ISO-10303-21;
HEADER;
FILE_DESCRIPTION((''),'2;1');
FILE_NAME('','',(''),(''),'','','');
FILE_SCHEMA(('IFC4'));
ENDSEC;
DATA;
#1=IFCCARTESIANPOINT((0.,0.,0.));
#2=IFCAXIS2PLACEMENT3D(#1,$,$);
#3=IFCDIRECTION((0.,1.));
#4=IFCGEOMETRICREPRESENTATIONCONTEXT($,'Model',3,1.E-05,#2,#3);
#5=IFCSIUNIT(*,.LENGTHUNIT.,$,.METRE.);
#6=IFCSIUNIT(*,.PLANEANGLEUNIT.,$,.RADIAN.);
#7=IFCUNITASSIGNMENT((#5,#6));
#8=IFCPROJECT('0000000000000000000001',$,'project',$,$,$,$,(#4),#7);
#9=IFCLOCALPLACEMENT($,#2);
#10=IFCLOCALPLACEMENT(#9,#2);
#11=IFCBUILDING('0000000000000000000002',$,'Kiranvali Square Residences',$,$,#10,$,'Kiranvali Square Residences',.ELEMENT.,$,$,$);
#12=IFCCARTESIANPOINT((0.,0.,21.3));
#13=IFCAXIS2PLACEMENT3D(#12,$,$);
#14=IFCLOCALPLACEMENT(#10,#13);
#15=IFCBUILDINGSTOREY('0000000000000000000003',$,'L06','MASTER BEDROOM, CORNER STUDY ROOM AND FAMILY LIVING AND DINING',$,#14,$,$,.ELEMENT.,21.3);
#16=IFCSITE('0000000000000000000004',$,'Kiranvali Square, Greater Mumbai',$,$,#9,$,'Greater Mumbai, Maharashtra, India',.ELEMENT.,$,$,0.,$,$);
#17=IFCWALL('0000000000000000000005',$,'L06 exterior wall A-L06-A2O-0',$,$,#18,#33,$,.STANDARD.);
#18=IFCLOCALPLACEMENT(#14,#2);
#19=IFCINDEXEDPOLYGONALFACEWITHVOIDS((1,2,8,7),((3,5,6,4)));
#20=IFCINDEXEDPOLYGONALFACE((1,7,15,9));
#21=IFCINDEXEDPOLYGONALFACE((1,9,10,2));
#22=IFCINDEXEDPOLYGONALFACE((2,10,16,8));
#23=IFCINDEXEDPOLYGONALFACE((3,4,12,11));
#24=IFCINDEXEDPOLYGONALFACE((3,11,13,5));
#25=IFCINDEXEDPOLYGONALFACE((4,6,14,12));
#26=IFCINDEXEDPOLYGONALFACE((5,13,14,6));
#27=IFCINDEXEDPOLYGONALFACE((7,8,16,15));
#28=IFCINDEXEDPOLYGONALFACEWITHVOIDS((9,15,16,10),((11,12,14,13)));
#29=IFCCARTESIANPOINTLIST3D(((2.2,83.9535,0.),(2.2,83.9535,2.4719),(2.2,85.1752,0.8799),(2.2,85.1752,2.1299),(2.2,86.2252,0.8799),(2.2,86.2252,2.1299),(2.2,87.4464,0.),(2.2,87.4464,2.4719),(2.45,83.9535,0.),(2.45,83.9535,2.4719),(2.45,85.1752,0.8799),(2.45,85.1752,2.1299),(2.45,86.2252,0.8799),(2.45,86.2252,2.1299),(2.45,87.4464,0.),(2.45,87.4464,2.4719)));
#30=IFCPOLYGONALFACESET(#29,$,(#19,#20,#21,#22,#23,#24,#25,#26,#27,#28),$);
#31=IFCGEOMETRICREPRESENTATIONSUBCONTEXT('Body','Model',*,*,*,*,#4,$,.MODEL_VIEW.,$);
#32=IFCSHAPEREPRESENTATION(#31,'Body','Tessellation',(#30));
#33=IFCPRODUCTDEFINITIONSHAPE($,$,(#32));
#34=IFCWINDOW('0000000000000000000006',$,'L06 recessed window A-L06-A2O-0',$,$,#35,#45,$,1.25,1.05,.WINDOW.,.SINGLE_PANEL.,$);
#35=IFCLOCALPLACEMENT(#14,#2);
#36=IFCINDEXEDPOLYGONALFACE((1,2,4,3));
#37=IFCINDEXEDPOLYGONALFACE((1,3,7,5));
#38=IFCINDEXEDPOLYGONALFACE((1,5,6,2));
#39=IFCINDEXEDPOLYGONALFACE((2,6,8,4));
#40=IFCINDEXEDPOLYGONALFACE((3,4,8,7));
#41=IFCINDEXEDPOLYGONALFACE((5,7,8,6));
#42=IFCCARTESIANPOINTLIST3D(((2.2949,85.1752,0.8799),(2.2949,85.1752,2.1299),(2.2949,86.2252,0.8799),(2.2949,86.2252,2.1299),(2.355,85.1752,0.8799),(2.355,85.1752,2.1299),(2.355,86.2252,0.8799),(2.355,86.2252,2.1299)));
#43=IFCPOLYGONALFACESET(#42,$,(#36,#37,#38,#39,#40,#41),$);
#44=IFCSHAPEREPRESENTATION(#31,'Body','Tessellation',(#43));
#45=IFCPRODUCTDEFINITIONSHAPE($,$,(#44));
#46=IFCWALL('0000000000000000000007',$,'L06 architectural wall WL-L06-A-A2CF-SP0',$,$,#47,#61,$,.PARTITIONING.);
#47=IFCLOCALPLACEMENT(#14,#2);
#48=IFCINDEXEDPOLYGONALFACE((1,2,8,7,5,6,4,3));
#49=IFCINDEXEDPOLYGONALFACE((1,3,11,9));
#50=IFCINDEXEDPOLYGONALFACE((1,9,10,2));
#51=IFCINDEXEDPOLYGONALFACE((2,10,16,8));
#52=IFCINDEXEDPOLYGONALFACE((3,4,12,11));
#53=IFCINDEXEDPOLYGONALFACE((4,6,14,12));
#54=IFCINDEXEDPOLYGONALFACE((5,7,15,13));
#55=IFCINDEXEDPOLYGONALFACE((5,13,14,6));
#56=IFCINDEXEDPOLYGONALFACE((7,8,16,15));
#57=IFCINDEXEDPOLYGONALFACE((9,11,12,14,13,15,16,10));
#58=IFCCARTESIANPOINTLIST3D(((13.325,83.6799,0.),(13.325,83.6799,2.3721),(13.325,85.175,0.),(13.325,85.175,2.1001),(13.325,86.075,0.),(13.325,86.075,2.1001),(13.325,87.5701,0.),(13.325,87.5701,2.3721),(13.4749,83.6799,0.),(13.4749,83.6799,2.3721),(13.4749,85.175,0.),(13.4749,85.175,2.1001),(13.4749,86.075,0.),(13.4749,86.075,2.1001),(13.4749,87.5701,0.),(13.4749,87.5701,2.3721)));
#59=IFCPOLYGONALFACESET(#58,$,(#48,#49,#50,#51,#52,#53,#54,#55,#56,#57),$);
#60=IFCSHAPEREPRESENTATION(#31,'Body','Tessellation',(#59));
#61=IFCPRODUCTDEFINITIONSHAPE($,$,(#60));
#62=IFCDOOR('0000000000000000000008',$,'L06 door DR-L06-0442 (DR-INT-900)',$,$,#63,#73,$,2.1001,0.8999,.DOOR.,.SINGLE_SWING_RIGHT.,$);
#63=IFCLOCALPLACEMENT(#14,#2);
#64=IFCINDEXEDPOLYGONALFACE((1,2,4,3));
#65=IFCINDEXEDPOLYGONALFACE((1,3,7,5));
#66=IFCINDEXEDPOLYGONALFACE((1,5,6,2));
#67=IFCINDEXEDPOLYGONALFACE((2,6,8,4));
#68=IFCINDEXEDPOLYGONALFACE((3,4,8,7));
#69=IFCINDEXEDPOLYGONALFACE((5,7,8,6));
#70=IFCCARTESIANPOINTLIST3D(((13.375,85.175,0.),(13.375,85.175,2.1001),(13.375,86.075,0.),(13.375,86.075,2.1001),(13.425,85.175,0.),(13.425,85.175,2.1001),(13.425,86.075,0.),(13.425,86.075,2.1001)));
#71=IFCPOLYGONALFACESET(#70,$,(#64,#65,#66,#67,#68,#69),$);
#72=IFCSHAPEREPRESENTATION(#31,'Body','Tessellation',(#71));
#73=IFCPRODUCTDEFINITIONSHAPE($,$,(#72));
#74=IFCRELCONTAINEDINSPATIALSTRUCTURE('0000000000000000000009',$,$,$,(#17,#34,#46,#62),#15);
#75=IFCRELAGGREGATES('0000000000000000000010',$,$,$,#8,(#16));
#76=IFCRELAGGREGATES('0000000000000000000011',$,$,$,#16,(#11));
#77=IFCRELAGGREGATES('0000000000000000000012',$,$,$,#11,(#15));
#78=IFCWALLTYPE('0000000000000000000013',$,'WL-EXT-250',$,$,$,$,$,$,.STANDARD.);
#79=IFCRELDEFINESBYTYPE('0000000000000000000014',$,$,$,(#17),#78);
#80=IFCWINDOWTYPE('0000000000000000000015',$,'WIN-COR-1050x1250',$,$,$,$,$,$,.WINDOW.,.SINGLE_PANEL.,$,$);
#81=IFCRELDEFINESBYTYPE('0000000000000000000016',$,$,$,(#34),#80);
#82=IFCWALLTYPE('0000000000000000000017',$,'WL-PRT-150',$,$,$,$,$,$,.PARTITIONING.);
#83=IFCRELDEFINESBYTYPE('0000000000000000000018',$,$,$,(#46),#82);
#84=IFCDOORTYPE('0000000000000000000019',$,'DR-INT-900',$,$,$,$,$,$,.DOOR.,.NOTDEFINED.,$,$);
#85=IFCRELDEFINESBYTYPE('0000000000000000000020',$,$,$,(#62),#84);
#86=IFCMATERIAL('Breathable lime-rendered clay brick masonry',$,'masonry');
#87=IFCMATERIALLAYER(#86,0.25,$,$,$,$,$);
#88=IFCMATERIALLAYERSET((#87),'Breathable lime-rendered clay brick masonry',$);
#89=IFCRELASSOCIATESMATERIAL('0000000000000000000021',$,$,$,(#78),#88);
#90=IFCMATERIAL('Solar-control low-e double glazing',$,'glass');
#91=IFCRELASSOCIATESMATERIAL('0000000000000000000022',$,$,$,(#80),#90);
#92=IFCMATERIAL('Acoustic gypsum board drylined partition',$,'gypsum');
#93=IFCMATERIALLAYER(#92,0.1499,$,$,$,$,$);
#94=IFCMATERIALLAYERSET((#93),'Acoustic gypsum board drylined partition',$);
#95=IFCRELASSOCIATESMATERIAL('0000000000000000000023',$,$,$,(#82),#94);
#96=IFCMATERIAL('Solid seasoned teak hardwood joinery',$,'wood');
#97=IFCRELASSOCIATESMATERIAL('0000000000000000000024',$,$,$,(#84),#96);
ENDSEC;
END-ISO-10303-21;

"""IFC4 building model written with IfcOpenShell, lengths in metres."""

from ifc_helpers import new_model, si_unit, direction, frame, frame_2d, origin, place, context, subcontext, project, spatial, rectangle, extrude, material, layer, layer_set, type_object, element, fill, save


model = new_model("IFC4")

# Units and contexts
model_context = context("Model", 3, precision=1e-05, world=origin(), true_north=direction((0.0, 1.0)))
body_context = subcontext(model_context, "Body", "Model", "MODEL_VIEW")
ifc_project = project(units=[si_unit("LENGTHUNIT", "METRE"), si_unit("PLANEANGLEUNIT", "RADIAN")], contexts=[model_context])

# Site, building, storey
site_placement = place(None, origin())
site = spatial("IfcSite", under=ifc_project, at=site_placement, Name="Kiranvali Square, Greater Mumbai", LongName="Greater Mumbai, Maharashtra, India", CompositionType="ELEMENT", RefElevation=0.0)
building_placement = place(site_placement, origin())
building = spatial("IfcBuilding", under=site, at=building_placement, Name="Kiranvali Square Residences", LongName="Kiranvali Square Residences", CompositionType="ELEMENT")
storey_placement = place(building_placement, frame((0.0, 0.0, 21.3)))
storey = spatial("IfcBuildingStorey", under=building, at=storey_placement, Name="L06", Description="MASTER BEDROOM, CORNER STUDY ROOM AND FAMILY LIVING AND DINING", CompositionType="ELEMENT", Elevation=21.3)

# Wall, opening, window
ifc_material_1 = material(Name="Breathable lime-rendered clay brick masonry", Category="masonry")
ifc_layer_1 = layer(ifc_material_1, 0.25)
ifc_layer_set_1 = layer_set([ifc_layer_1], Name="Breathable lime-rendered clay brick masonry")
wall_type_1 = type_object("IfcWallType", Name="WL-EXT-250", PredefinedType="STANDARD", material=ifc_layer_set_1)
wall_1_placement = place(storey_placement, frame((2.325, 87.4465, 0.0), z_axis=(0.0, 0.0, 1.0), x_axis=(0.0, -1.0, 0.0)))
wall_1 = element("IfcWall", 1, at=wall_1_placement, inside=storey, type_object=wall_type_1, Name="L06 exterior wall A-L06-A2O-0", PredefinedType="STANDARD", context=body_context, shape_type="SweptSolid", body=[
    extrude(rectangle(XDim=3.4929, YDim=0.25, at=frame_2d((1.7466, 0.0))), origin(), (0.0, 0.0, 1.0), 2.4719),
])
opening_1_placement = place(wall_1_placement, frame((1.2214, 0.0, 0.8799)))
opening_1 = element("IfcOpeningElement", 2, at=opening_1_placement, cuts=wall_1, PredefinedType="OPENING", context=body_context, shape_type="SweptSolid", body=[
    extrude(rectangle(XDim=1.05, YDim=1.25, at=frame_2d((0.5249, 0.625))), frame((0.0, 0.135, 0.0), z_axis=(0.0, -1.0, 0.0), x_axis=(1.0, 0.0, 0.0)), (0.0, 0.0, 1.0), 0.27),
])
ifc_material_2 = material(Name="Solar-control low-e double glazing", Category="glass")
window_type = type_object("IfcWindowType", Name="WIN-COR-1050x1250", PartitioningType="SINGLE_PANEL", PredefinedType="WINDOW", material=ifc_material_2)
window_placement = place(opening_1_placement, origin())
window = element("IfcWindow", 3, at=window_placement, inside=storey, type_object=window_type, Name="L06 recessed window A-L06-A2O-0", OverallHeight=1.25, OverallWidth=1.05, PartitioningType="SINGLE_PANEL", PredefinedType="WINDOW", context=body_context, shape_type="SweptSolid", body=[
    extrude(rectangle(XDim=1.05, YDim=1.25, at=frame_2d((0.5249, 0.625))), frame((0.0, 0.03, 0.0), z_axis=(0.0, -1.0, 0.0), x_axis=(1.0, 0.0, 0.0)), (0.0, 0.0, 1.0), 0.0601),
])
fill(opening_1, window)

# Wall, opening, door
ifc_material_3 = material(Name="Acoustic gypsum board drylined partition", Category="gypsum")
ifc_layer_2 = layer(ifc_material_3, 0.1499)
ifc_layer_set_2 = layer_set([ifc_layer_2], Name="Acoustic gypsum board drylined partition")
wall_type_2 = type_object("IfcWallType", Name="WL-PRT-150", PredefinedType="PARTITIONING", material=ifc_layer_set_2)
wall_2_placement = place(storey_placement, frame((13.3999, 87.5701, 0.0), z_axis=(0.0, 0.0, 1.0), x_axis=(0.0, -1.0, 0.0)))
wall_2 = element("IfcWall", 4, at=wall_2_placement, inside=storey, type_object=wall_type_2, Name="L06 architectural wall WL-L06-A-A2CF-SP0", PredefinedType="PARTITIONING", context=body_context, shape_type="SweptSolid", body=[
    extrude(rectangle(XDim=3.8901, YDim=0.1499, at=frame_2d((1.9451, 0.0))), origin(), (0.0, 0.0, 1.0), 2.3721),
])
opening_2_placement = place(wall_2_placement, frame((1.4951, 0.0, 0.0)))
opening_2 = element("IfcOpeningElement", 5, at=opening_2_placement, cuts=wall_2, PredefinedType="OPENING", context=body_context, shape_type="SweptSolid", body=[
    extrude(rectangle(XDim=0.8999, YDim=2.1001, at=frame_2d((0.45, 1.05))), frame((0.0, 0.085, 0.0), z_axis=(0.0, -1.0, 0.0), x_axis=(1.0, 0.0, 0.0)), (0.0, 0.0, 1.0), 0.1699),
])
ifc_material_4 = material(Name="Solid seasoned teak hardwood joinery", Category="wood")
door_type = type_object("IfcDoorType", Name="DR-INT-900", OperationType="NOTDEFINED", PredefinedType="DOOR", material=ifc_material_4)
door_placement = place(opening_2_placement, frame((0.8999, 0.0, 0.0), z_axis=(0.0, 0.0, 1.0), x_axis=(-1.0, 0.0, 0.0)))
door = element("IfcDoor", 6, at=door_placement, inside=storey, type_object=door_type, Name="L06 door DR-L06-0442 (DR-INT-900)", OperationType="SINGLE_SWING_RIGHT", OverallHeight=2.1001, OverallWidth=0.8999, PredefinedType="DOOR", context=body_context, shape_type="SweptSolid", body=[
    extrude(rectangle(XDim=0.8999, YDim=2.1001, at=frame_2d((0.45, 1.05))), frame((0.0, 0.0249, 0.0), z_axis=(0.0, -1.0, 0.0), x_axis=(1.0, 0.0, 0.0)), (0.0, 0.0, 1.0), 0.05),
])
fill(opening_2, door)

save(model, "model.ifc")
